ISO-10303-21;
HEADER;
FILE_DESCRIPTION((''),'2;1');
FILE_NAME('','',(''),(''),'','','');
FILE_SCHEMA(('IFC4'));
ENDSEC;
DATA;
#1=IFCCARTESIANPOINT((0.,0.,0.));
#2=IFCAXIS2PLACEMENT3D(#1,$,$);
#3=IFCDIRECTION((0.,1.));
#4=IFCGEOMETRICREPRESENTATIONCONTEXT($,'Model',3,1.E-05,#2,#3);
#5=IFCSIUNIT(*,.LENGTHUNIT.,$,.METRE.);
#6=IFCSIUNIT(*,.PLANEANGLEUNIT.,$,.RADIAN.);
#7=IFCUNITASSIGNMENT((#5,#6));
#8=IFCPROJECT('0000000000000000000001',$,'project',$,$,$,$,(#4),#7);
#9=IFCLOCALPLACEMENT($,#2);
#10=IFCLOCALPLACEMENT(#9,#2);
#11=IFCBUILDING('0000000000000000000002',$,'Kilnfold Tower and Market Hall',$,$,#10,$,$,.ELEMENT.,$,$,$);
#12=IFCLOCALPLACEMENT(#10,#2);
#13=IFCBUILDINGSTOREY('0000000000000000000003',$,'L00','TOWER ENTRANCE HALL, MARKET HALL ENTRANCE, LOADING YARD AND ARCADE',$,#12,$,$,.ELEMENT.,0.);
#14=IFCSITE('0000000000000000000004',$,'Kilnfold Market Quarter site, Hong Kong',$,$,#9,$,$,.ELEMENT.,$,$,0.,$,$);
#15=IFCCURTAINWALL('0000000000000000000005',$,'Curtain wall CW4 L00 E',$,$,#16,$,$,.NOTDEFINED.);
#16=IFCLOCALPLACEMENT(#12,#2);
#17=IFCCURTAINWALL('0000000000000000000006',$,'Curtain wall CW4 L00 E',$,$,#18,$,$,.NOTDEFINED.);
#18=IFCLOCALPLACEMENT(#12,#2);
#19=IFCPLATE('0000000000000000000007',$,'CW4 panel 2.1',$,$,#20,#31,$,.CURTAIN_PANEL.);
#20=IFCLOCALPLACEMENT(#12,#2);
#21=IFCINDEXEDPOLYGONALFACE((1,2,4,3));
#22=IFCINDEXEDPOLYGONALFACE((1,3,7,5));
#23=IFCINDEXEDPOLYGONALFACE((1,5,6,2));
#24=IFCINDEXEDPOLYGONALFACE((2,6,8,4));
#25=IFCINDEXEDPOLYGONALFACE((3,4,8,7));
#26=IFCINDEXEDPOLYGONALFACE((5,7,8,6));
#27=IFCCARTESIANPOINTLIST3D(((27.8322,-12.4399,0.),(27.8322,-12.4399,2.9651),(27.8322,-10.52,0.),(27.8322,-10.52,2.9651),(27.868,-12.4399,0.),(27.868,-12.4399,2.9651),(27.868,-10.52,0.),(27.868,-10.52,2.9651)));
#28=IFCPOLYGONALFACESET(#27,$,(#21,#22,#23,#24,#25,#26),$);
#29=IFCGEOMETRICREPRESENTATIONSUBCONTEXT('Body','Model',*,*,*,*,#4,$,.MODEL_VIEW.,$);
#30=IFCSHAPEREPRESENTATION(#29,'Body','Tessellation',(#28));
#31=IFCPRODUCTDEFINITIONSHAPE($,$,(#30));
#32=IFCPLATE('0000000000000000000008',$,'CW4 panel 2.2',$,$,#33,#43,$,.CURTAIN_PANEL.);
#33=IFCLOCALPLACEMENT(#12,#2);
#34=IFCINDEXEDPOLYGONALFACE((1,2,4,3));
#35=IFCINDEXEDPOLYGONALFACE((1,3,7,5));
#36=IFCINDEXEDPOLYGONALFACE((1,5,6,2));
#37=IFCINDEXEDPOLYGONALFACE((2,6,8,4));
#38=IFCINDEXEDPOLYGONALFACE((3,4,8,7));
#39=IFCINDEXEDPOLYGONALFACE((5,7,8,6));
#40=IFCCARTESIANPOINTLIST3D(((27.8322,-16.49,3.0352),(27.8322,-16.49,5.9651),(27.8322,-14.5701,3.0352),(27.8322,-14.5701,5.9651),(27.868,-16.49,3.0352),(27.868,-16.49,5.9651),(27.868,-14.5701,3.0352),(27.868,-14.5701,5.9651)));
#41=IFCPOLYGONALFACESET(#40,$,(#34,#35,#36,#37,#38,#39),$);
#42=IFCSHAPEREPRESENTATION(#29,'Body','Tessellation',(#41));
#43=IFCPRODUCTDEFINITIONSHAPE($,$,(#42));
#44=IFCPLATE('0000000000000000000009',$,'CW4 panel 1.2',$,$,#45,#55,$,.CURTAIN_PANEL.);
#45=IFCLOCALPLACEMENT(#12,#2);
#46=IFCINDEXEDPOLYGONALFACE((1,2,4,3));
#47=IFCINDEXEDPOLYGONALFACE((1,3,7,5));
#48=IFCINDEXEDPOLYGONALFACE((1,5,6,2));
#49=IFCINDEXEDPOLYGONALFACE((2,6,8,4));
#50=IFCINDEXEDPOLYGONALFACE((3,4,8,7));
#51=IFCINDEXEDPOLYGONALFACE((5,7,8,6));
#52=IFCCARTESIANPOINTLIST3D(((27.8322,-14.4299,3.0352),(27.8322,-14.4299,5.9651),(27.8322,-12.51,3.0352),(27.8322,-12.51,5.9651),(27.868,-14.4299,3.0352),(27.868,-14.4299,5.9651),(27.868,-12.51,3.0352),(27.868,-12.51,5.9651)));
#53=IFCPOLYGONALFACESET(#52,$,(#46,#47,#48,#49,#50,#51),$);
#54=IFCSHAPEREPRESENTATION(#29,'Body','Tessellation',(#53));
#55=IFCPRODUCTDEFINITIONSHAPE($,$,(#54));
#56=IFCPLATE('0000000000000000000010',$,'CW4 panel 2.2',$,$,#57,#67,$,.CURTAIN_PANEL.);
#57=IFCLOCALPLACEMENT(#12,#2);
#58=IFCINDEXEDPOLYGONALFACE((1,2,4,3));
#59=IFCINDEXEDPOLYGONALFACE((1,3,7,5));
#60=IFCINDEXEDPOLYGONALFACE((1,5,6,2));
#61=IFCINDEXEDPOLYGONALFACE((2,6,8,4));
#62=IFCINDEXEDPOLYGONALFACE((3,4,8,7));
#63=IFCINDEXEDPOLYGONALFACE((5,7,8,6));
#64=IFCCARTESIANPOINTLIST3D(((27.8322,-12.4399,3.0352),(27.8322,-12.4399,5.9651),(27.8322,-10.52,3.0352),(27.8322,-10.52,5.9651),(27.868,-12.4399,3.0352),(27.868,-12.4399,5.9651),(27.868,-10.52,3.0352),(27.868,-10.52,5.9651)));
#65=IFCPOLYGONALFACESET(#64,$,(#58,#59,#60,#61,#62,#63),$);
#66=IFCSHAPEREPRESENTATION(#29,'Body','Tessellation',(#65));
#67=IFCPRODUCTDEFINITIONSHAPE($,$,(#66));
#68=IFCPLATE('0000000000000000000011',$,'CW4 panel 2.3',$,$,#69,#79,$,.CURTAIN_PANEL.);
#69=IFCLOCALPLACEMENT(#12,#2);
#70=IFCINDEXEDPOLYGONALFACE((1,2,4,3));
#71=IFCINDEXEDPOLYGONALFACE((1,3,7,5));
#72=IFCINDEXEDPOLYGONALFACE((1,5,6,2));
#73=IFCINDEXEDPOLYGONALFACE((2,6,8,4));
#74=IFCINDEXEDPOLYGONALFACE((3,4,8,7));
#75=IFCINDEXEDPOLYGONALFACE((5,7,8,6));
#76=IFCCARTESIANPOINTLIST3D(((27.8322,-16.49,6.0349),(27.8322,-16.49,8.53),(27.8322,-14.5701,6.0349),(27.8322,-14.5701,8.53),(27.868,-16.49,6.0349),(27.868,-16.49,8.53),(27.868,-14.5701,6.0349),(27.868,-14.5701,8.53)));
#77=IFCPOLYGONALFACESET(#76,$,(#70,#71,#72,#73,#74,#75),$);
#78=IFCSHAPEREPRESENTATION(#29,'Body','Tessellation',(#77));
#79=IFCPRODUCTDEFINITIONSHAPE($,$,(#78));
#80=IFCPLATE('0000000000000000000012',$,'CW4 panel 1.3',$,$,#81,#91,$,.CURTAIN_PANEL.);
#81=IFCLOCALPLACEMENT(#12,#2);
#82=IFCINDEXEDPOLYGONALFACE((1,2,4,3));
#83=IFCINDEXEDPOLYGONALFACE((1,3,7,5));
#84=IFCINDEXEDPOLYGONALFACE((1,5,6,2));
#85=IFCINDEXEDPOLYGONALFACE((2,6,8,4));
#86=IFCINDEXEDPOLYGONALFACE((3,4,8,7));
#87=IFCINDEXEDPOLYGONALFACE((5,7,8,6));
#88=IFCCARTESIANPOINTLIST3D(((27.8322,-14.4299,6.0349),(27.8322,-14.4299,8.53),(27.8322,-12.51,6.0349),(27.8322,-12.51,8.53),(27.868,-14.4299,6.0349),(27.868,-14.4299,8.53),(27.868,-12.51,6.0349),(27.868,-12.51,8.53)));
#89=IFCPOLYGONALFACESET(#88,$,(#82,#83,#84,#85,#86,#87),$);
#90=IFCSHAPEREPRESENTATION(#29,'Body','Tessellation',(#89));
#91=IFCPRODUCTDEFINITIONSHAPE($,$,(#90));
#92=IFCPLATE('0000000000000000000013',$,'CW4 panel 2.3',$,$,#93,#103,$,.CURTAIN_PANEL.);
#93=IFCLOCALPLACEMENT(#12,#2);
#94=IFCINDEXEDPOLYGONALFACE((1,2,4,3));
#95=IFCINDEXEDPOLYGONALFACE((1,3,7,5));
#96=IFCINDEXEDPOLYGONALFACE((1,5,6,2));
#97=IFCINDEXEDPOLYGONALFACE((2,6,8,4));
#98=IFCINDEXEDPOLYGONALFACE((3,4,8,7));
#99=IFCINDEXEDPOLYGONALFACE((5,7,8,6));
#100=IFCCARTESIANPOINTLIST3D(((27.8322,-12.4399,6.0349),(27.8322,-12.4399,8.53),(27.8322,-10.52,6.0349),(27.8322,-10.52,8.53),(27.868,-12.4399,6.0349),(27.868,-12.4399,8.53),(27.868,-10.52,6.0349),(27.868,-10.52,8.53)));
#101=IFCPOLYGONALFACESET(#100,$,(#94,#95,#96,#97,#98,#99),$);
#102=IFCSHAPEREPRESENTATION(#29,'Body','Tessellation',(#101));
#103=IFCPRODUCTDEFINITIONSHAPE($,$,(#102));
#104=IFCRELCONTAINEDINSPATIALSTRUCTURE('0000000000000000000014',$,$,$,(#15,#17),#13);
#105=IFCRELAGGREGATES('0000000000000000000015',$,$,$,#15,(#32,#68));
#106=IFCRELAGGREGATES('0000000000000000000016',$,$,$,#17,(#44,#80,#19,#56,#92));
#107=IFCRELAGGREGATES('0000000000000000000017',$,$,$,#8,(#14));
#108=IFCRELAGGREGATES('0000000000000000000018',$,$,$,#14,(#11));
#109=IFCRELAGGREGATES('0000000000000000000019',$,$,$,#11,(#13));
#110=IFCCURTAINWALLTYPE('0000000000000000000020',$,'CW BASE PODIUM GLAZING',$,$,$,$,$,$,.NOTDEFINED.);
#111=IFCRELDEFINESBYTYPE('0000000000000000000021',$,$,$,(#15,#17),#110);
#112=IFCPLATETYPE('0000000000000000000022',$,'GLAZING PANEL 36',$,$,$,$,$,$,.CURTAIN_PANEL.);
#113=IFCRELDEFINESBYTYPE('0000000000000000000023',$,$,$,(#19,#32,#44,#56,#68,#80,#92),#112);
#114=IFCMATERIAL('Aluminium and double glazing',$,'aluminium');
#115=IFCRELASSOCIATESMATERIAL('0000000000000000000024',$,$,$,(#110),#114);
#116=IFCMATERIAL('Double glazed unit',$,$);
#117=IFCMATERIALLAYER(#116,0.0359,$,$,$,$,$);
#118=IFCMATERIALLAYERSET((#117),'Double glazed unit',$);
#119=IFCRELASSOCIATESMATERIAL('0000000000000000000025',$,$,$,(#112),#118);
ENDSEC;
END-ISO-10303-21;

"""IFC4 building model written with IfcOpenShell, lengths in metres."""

from ifc_helpers import new_model, si_unit, direction, frame, origin, origin_2d, place, context, subcontext, project, spatial, rectangle, extrude, source, transform, mapped, material, layer, layer_set, type_object, element, aggregate, save


model = new_model("IFC4")

# Units and contexts
model_context = context("Model", 3, precision=1e-05, world=origin(), true_north=direction((0.0, 1.0)))
body_context = subcontext(model_context, "Body", "Model", "MODEL_VIEW")
ifc_project = project(units=[si_unit("LENGTHUNIT", "METRE"), si_unit("PLANEANGLEUNIT", "RADIAN")], contexts=[model_context])

# Site, building, storey
site_placement = place(None, origin())
site = spatial("IfcSite", under=ifc_project, at=site_placement, Name="Kilnfold Market Quarter site, Hong Kong", CompositionType="ELEMENT", RefElevation=0.0)
building_placement = place(site_placement, origin())
building = spatial("IfcBuilding", under=site, at=building_placement, Name="Kilnfold Tower and Market Hall", CompositionType="ELEMENT")
storey_placement = place(building_placement, origin())
storey = spatial("IfcBuildingStorey", under=building, at=storey_placement, Name="L00", Description="TOWER ENTRANCE HALL, MARKET HALL ENTRANCE, LOADING YARD AND ARCADE", CompositionType="ELEMENT", Elevation=0.0)

# Curtain wall
ifc_material_1 = material(Name="Aluminium and double glazing", Category="aluminium")
curtain_wall_type = type_object("IfcCurtainWallType", Name="CW BASE PODIUM GLAZING", PredefinedType="NOTDEFINED", material=ifc_material_1)
curtain_wall_1_placement = place(storey_placement, origin())
curtain_wall_1 = element("IfcCurtainWall", 1, at=curtain_wall_1_placement, inside=storey, type_object=curtain_wall_type, Name="Curtain wall CW4 L00 E", PredefinedType="NOTDEFINED")

# Curtain wall
curtain_wall_2_placement = place(storey_placement, origin())
curtain_wall_2 = element("IfcCurtainWall", 2, at=curtain_wall_2_placement, inside=storey, type_object=curtain_wall_type, Name="Curtain wall CW4 L00 E", PredefinedType="NOTDEFINED")

# Plates
ifc_material_2 = material(Name="Double glazed unit")
ifc_layer = layer(ifc_material_2, 0.0359)
ifc_layer_set = layer_set([ifc_layer], Name="Double glazed unit")
plate_type = type_object("IfcPlateType", Name="GLAZING PANEL 36", PredefinedType="CURTAIN_PANEL", material=ifc_layer_set)
shared_shape_1 = source(origin(), body_context, "Body", "SweptSolid", [
    extrude(rectangle(XDim=1.9199, YDim=0.0359, at=origin_2d()), origin(), (0.0, 0.0, 1.0), 2.9651),
])
plate_1_placement = place(storey_placement, frame((27.8501, -11.48, 0.0), z_axis=(0.0, 0.0, 1.0), x_axis=(0.0, 1.0, 0.0)))
plate_1 = element("IfcPlate", 3, at=plate_1_placement, type_object=plate_type, Name="CW4 panel 2.1", PredefinedType="CURTAIN_PANEL", context=body_context, shape_type="MappedRepresentation", body=[
    mapped(shared_shape_1, transform((0.0, 0.0, 0.0))),
])
shared_shape_2 = source(origin(), body_context, "Body", "SweptSolid", [
    extrude(rectangle(XDim=1.9199, YDim=0.0359, at=origin_2d()), origin(), (0.0, 0.0, 1.0), 2.9299),
])
plate_2_placement = place(storey_placement, frame((27.8501, -15.53, 3.0352), z_axis=(0.0, 0.0, 1.0), x_axis=(0.0, 1.0, 0.0)))
plate_2 = element("IfcPlate", 4, at=plate_2_placement, type_object=plate_type, Name="CW4 panel 2.2", PredefinedType="CURTAIN_PANEL", context=body_context, shape_type="MappedRepresentation", body=[
    mapped(shared_shape_2, transform((0.0, 0.0, 0.0))),
])
plate_3_placement = place(storey_placement, frame((27.8501, -13.47, 3.0352), z_axis=(0.0, 0.0, 1.0), x_axis=(0.0, 1.0, 0.0)))
plate_3 = element("IfcPlate", 5, at=plate_3_placement, type_object=plate_type, Name="CW4 panel 1.2", PredefinedType="CURTAIN_PANEL", context=body_context, shape_type="MappedRepresentation", body=[
    mapped(shared_shape_2, transform((0.0, 0.0, 0.0))),
])
plate_4_placement = place(storey_placement, frame((27.8501, -11.48, 3.0352), z_axis=(0.0, 0.0, 1.0), x_axis=(0.0, 1.0, 0.0)))
plate_4 = element("IfcPlate", 6, at=plate_4_placement, type_object=plate_type, Name="CW4 panel 2.2", PredefinedType="CURTAIN_PANEL", context=body_context, shape_type="MappedRepresentation", body=[
    mapped(shared_shape_2, transform((0.0, 0.0, 0.0))),
])
shared_shape_3 = source(origin(), body_context, "Body", "SweptSolid", [
    extrude(rectangle(XDim=1.9199, YDim=0.0359, at=origin_2d()), origin(), (0.0, 0.0, 1.0), 2.4951),
])
plate_5_placement = place(storey_placement, frame((27.8501, -15.53, 6.0349), z_axis=(0.0, 0.0, 1.0), x_axis=(0.0, 1.0, 0.0)))
plate_5 = element("IfcPlate", 7, at=plate_5_placement, type_object=plate_type, Name="CW4 panel 2.3", PredefinedType="CURTAIN_PANEL", context=body_context, shape_type="MappedRepresentation", body=[
    mapped(shared_shape_3, transform((0.0, 0.0, 0.0))),
])
aggregate(curtain_wall_1, [plate_2, plate_5])
plate_6_placement = place(storey_placement, frame((27.8501, -13.47, 6.0349), z_axis=(0.0, 0.0, 1.0), x_axis=(0.0, 1.0, 0.0)))
plate_6 = element("IfcPlate", 8, at=plate_6_placement, type_object=plate_type, Name="CW4 panel 1.3", PredefinedType="CURTAIN_PANEL", context=body_context, shape_type="MappedRepresentation", body=[
    mapped(shared_shape_3, transform((0.0, 0.0, 0.0))),
])
plate_7_placement = place(storey_placement, frame((27.8501, -11.48, 6.0349), z_axis=(0.0, 0.0, 1.0), x_axis=(0.0, 1.0, 0.0)))
plate_7 = element("IfcPlate", 9, at=plate_7_placement, type_object=plate_type, Name="CW4 panel 2.3", PredefinedType="CURTAIN_PANEL", context=body_context, shape_type="MappedRepresentation", body=[
    mapped(shared_shape_3, transform((0.0, 0.0, 0.0))),
])
aggregate(curtain_wall_2, [plate_3, plate_6, plate_1, plate_4, plate_7])

save(model, "model.ifc")
